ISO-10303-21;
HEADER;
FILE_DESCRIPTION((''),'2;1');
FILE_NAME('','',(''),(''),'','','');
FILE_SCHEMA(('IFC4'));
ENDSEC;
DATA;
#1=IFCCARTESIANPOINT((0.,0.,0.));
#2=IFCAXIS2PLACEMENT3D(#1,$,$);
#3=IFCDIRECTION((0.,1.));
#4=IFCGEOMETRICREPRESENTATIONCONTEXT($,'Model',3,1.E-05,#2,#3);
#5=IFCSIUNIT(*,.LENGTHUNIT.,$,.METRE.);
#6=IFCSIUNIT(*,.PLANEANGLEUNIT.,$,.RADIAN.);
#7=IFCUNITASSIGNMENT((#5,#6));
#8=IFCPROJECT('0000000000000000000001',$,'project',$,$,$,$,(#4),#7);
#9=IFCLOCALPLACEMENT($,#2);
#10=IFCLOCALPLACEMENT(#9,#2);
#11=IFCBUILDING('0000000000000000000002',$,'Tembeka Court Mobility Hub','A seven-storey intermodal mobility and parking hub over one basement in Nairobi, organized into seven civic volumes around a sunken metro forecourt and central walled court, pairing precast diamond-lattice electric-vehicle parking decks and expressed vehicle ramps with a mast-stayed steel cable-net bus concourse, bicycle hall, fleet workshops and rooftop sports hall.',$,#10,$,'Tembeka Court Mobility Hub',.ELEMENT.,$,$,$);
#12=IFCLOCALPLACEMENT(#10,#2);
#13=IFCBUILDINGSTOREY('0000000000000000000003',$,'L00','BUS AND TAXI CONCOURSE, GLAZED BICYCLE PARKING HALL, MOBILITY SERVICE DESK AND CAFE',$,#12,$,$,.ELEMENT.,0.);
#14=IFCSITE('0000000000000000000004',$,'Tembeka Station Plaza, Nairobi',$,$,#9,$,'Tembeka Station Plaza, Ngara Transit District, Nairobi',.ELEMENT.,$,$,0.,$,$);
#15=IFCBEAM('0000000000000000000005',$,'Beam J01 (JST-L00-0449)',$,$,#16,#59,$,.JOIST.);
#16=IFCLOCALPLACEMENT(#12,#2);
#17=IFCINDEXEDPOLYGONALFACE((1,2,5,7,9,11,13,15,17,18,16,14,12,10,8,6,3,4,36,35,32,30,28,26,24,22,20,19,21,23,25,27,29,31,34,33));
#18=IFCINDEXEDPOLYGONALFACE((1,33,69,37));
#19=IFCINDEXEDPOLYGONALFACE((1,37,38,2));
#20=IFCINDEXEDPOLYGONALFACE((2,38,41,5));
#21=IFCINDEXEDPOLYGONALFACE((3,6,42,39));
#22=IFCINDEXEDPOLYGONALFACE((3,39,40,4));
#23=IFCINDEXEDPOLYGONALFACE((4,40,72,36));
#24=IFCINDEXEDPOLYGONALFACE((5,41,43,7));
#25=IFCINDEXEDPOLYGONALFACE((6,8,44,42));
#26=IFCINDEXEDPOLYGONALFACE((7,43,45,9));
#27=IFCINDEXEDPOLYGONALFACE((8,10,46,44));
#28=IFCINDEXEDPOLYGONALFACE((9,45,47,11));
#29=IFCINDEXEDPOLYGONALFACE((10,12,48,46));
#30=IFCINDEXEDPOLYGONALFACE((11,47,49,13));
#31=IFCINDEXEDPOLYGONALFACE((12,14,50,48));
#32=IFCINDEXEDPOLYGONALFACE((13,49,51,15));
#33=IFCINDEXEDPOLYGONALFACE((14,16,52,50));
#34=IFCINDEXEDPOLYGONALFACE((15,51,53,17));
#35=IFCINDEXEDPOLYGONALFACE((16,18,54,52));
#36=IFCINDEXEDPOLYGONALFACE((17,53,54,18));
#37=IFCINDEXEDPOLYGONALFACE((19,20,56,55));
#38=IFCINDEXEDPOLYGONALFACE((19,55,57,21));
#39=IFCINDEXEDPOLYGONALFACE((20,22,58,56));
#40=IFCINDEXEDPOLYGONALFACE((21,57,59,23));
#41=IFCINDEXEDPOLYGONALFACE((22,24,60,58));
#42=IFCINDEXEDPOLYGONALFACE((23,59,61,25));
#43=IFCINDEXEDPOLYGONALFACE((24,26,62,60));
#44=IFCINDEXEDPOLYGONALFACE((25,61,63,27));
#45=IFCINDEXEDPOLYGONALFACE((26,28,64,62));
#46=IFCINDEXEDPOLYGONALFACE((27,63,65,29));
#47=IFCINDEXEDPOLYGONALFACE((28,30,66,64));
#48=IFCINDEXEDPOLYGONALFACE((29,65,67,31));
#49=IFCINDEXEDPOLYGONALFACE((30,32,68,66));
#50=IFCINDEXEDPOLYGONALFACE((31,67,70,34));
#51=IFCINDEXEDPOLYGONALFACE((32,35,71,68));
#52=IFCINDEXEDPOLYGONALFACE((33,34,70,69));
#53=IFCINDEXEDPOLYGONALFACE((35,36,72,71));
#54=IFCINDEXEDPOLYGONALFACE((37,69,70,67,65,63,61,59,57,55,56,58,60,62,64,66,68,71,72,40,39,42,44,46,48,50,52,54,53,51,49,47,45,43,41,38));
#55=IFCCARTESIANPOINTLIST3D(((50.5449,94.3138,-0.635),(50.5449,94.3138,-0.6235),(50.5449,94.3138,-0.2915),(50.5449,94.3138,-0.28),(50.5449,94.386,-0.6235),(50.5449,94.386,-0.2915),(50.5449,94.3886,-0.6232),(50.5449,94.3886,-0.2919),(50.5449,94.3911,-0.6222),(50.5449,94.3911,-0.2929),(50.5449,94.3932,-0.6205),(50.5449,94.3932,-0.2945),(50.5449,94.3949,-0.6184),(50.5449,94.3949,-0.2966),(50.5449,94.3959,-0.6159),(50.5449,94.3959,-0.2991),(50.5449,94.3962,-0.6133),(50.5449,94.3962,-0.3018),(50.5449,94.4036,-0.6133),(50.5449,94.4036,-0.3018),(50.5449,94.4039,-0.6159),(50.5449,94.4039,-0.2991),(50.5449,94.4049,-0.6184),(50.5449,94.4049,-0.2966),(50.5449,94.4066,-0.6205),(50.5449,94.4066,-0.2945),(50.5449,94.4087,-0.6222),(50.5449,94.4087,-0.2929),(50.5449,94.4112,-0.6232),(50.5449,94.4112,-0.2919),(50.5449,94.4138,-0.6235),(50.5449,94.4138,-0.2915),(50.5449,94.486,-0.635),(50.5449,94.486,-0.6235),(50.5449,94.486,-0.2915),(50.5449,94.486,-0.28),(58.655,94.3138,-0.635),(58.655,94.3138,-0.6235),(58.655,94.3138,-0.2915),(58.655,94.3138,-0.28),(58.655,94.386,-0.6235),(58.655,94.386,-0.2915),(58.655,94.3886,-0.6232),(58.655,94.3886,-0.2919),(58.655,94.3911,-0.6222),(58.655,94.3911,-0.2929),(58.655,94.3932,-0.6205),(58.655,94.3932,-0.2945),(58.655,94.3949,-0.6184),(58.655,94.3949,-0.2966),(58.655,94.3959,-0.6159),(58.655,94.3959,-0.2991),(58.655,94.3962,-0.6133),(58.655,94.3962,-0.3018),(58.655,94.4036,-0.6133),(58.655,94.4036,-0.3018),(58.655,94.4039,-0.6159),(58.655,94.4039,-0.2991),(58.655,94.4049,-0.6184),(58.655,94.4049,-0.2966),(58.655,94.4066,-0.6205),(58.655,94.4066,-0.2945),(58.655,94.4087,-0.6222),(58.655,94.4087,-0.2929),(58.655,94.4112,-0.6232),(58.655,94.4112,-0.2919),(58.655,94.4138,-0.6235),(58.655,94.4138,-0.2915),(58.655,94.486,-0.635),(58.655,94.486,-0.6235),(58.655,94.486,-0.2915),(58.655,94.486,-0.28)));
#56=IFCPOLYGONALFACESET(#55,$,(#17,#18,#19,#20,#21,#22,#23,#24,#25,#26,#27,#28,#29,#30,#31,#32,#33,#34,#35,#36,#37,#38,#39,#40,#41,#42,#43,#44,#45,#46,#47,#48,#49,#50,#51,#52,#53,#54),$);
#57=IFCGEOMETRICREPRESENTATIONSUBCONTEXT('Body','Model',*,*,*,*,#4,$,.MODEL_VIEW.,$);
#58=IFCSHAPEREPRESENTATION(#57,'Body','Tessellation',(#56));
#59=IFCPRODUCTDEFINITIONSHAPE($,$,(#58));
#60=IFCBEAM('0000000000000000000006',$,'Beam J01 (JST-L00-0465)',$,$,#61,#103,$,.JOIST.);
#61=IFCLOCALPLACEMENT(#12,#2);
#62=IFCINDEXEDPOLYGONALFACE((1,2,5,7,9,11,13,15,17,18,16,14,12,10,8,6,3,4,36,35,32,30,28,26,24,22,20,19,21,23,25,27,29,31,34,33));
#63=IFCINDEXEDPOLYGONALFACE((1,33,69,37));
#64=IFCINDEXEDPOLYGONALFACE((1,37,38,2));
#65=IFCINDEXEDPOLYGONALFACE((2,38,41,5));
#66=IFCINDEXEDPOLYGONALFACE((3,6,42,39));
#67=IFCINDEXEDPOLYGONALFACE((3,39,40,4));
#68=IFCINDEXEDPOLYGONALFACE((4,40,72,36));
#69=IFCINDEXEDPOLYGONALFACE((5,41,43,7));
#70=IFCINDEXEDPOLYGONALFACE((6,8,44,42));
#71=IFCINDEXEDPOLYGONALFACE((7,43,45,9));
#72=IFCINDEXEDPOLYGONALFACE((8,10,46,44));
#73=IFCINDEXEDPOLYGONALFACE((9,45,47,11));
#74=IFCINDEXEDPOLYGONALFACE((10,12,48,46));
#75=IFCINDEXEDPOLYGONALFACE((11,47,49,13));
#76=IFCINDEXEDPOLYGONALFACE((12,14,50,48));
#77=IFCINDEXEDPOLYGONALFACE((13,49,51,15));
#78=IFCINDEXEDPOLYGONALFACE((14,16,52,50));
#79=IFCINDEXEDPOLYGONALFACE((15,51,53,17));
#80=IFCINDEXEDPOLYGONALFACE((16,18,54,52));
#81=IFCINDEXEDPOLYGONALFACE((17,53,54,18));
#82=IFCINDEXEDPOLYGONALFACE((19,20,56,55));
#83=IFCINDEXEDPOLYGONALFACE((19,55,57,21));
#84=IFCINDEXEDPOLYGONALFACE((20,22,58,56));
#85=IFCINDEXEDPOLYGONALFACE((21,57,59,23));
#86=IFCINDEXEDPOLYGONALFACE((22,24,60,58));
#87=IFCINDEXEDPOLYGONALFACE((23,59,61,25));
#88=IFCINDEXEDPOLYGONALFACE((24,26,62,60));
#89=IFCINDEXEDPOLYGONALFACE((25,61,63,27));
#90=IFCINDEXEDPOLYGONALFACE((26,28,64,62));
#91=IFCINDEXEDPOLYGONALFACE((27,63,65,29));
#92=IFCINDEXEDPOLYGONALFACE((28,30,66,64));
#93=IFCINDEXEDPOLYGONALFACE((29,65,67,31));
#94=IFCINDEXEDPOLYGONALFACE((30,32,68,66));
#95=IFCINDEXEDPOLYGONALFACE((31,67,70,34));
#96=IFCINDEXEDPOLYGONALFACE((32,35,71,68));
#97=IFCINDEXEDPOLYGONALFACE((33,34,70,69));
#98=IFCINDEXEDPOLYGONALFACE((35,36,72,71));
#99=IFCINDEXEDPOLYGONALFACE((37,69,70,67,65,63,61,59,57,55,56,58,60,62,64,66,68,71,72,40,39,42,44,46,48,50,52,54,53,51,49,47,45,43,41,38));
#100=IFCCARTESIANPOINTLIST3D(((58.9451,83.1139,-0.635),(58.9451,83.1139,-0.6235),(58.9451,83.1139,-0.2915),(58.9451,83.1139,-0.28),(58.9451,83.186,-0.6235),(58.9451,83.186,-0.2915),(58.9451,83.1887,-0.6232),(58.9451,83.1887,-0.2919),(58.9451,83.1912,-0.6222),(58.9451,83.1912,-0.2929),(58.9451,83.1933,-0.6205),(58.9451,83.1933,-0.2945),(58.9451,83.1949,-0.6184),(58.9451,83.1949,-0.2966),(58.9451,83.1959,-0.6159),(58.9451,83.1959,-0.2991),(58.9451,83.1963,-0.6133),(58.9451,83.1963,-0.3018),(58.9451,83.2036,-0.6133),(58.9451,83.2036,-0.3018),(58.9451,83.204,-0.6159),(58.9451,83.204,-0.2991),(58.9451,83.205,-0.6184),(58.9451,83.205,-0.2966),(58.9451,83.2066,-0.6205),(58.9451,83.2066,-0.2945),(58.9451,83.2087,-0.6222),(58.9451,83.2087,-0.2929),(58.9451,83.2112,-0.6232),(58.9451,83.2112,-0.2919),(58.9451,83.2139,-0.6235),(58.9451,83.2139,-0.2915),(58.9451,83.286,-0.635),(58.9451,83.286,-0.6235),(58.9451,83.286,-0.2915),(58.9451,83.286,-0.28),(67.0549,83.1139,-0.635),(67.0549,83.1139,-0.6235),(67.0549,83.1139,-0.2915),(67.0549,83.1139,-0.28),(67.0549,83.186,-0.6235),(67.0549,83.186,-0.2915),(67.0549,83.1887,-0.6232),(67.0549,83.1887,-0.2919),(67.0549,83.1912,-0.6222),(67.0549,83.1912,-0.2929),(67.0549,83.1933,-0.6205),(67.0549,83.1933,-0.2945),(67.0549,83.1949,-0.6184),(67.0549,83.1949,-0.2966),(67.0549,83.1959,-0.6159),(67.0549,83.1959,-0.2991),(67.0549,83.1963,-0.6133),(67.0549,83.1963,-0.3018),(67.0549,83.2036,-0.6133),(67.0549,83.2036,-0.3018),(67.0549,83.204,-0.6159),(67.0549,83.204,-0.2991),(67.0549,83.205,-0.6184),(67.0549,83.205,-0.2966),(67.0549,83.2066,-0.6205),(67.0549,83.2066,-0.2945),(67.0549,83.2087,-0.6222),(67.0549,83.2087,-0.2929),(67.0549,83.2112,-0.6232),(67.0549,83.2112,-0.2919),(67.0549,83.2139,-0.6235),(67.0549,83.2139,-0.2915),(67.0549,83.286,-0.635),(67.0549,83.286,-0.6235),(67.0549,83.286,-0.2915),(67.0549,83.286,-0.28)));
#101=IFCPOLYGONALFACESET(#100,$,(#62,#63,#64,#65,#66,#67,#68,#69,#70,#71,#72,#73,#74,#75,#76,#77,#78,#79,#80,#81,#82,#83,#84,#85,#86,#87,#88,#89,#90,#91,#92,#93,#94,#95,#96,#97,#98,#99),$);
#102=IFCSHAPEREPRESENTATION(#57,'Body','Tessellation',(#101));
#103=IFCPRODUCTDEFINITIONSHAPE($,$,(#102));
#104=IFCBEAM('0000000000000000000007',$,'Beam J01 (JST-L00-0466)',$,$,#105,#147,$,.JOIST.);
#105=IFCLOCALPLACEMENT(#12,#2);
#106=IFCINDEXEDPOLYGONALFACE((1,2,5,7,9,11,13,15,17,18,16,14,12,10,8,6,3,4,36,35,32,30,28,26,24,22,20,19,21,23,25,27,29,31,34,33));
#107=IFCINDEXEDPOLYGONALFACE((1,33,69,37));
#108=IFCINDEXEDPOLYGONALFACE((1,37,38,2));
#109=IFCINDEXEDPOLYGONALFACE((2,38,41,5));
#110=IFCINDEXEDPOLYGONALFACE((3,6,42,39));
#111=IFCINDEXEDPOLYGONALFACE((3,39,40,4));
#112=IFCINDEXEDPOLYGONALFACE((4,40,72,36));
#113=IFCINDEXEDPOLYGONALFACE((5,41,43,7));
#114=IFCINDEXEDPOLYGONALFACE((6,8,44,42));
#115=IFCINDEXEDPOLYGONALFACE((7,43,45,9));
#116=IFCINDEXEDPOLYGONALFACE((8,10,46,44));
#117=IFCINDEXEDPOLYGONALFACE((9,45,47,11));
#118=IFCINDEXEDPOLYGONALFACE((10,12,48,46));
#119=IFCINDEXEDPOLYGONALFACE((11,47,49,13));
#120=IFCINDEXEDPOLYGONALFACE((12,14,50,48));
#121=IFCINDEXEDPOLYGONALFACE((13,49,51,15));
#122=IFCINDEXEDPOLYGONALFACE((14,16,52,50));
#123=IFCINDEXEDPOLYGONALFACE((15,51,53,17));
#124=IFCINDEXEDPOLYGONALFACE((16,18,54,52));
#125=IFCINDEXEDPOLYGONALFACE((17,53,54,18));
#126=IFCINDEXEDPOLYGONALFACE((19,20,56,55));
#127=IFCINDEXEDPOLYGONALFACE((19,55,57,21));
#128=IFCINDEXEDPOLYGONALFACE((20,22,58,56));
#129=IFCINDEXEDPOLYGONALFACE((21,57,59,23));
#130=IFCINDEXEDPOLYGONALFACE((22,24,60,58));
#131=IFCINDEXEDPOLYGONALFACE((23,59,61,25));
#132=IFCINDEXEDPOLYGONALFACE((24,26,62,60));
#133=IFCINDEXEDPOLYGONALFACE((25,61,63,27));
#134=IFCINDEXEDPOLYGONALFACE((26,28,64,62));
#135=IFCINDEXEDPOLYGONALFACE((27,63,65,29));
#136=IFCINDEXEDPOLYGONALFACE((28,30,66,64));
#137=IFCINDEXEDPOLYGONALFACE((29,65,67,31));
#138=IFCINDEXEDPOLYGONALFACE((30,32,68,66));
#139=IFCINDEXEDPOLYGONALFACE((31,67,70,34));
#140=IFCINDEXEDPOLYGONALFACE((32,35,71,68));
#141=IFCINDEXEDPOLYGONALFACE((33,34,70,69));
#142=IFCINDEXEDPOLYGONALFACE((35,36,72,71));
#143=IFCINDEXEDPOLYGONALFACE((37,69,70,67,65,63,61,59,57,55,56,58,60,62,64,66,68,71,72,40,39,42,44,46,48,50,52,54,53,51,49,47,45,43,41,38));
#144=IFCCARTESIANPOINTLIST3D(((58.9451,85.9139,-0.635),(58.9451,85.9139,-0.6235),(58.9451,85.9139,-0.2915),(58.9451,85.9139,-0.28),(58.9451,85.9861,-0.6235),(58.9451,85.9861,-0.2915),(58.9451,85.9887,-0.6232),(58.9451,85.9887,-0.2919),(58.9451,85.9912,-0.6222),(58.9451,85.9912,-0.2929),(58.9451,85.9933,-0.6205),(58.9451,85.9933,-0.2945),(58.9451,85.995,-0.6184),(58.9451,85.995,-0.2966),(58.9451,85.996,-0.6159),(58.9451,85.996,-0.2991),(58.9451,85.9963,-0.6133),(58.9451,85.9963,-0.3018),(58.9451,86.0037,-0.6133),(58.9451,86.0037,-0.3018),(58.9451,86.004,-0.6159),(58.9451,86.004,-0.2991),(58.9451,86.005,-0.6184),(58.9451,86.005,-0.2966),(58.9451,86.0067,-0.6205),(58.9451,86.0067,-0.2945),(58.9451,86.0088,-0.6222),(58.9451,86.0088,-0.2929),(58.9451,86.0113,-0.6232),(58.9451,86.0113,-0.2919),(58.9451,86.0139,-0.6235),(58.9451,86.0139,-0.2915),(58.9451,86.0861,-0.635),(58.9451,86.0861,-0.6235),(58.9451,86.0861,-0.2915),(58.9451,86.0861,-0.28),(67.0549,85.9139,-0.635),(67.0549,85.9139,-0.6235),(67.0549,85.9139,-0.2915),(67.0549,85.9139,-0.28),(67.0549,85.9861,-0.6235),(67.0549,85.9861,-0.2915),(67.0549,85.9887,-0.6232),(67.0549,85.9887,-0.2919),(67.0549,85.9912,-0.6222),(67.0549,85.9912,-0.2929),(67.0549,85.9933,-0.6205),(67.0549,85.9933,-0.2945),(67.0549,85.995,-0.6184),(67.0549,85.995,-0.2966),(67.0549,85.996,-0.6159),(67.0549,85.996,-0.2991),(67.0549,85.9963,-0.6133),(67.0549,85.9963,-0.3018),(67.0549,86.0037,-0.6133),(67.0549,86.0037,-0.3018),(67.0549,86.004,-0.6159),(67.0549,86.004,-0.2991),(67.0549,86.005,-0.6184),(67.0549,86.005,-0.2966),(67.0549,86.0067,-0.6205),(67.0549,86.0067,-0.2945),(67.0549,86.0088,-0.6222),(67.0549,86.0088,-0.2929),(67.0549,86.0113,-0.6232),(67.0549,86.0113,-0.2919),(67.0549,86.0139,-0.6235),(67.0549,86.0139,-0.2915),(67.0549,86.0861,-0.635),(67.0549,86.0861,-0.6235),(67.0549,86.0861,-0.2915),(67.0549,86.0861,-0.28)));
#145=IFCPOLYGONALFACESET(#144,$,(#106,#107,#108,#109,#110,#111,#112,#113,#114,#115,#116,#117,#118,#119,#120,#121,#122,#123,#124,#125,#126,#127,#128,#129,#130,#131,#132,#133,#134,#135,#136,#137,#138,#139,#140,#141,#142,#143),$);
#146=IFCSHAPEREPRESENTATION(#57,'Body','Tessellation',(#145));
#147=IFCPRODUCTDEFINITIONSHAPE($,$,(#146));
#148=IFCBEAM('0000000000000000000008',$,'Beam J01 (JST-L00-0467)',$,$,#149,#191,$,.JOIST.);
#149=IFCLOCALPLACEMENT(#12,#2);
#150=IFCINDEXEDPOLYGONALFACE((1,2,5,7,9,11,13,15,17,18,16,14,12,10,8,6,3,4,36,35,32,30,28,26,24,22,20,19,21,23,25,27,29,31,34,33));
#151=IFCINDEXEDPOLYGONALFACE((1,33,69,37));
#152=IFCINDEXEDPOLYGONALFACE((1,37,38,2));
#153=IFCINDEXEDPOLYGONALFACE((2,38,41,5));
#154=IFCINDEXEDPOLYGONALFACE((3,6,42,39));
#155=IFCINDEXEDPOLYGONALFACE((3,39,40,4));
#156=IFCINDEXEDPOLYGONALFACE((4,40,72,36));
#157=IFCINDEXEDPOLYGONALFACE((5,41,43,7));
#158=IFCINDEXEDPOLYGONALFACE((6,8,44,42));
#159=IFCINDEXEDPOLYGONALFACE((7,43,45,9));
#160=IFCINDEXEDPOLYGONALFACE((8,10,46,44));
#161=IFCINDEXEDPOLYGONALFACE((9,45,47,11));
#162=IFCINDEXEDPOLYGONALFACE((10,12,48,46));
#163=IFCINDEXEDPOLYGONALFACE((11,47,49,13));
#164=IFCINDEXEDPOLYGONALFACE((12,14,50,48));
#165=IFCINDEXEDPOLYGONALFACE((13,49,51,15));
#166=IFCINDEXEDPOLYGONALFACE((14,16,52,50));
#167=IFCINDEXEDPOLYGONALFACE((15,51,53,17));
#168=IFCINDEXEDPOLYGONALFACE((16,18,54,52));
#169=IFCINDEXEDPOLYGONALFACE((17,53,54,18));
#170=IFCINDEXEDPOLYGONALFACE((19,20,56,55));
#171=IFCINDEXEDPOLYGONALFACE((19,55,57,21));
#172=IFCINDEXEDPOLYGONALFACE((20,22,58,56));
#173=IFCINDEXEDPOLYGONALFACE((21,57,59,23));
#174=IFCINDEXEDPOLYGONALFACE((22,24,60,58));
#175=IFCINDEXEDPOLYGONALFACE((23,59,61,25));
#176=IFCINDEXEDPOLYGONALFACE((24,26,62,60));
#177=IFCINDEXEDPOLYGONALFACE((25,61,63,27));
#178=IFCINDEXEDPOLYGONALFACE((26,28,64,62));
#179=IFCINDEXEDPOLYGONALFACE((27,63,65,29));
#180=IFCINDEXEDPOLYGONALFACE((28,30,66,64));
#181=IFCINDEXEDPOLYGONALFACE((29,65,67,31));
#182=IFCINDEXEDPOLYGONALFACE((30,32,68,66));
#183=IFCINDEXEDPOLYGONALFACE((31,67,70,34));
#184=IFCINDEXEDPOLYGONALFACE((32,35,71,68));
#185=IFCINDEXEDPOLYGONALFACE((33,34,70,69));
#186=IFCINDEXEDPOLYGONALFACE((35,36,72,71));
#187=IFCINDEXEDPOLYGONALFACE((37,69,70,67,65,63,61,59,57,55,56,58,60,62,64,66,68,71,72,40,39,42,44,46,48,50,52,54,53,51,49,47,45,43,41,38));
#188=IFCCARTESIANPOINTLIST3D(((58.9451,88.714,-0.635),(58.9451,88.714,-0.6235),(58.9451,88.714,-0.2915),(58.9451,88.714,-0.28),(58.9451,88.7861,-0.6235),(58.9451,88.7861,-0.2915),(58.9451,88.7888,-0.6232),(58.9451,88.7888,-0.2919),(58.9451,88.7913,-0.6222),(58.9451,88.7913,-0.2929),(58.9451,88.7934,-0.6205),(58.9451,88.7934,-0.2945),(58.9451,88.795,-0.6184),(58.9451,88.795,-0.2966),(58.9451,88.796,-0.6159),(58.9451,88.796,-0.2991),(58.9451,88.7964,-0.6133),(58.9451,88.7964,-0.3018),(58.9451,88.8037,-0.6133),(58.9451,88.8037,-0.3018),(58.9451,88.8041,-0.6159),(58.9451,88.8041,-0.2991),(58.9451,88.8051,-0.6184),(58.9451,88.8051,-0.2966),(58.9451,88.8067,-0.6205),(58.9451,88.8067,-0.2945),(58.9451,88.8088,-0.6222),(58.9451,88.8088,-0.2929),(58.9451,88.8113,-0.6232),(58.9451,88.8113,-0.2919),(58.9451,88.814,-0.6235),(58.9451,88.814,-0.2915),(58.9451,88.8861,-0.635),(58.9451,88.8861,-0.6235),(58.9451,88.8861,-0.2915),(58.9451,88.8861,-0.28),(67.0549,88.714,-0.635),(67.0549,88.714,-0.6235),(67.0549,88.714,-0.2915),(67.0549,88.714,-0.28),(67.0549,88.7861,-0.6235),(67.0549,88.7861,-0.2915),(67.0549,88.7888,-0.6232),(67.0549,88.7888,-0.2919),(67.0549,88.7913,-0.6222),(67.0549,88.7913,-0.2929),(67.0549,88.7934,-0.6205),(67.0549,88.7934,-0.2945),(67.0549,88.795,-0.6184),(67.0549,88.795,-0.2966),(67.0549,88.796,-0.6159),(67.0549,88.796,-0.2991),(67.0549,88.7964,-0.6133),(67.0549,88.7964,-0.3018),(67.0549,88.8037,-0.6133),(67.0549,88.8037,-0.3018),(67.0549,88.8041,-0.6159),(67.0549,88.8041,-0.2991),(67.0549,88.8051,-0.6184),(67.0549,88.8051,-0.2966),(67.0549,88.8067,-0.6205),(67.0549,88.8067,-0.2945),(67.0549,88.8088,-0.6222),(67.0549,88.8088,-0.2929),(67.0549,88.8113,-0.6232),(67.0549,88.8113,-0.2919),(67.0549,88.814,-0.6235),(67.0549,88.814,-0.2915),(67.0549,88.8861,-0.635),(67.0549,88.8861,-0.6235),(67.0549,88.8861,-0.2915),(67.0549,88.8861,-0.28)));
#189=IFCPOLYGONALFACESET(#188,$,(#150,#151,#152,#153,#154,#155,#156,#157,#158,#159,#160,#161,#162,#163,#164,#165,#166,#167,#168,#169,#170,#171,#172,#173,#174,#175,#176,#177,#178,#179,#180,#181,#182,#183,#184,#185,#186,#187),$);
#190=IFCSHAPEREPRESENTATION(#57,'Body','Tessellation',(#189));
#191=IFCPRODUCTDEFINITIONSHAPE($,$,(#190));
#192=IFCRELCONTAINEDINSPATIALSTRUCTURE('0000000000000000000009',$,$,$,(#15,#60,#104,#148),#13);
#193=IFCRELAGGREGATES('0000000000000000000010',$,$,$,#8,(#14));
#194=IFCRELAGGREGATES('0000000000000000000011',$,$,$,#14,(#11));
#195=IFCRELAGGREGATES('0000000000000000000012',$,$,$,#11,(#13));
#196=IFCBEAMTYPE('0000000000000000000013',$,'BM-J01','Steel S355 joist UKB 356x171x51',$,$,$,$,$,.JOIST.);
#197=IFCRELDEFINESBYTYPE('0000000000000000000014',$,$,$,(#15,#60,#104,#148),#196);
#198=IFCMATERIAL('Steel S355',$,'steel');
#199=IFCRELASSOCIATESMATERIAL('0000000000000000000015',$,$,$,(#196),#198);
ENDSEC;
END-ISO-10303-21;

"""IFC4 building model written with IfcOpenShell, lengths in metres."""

from ifc_helpers import new_model, si_unit, direction, frame, origin, origin_2d, place, context, subcontext, project, spatial, i_section, extrude, material, material_profile, profile_set, type_object, element, save


model = new_model("IFC4")

# Units and contexts
model_context = context("Model", 3, precision=1e-05, world=origin(), true_north=direction((0.0, 1.0)))
body_context = subcontext(model_context, "Body", "Model", "MODEL_VIEW")
ifc_project = project(units=[si_unit("LENGTHUNIT", "METRE"), si_unit("PLANEANGLEUNIT", "RADIAN")], contexts=[model_context])

# Site, building, storey
site_placement = place(None, origin())
site = spatial("IfcSite", under=ifc_project, at=site_placement, Name="Tembeka Station Plaza, Nairobi", LongName="Tembeka Station Plaza, Ngara Transit District, Nairobi", CompositionType="ELEMENT", RefElevation=0.0)
building_placement = place(site_placement, origin())
building = spatial("IfcBuilding", under=site, at=building_placement, Name="Tembeka Court Mobility Hub", Description="A seven-storey intermodal mobility and parking hub over one basement in Nairobi, organized into seven civic volumes around a sunken metro forecourt and central walled court, pairing precast diamond-lattice electric-vehicle parking decks and expressed vehicle ramps with a mast-stayed steel cable-net bus concourse, bicycle hall, fleet workshops and rooftop sports hall.", LongName="Tembeka Court Mobility Hub", CompositionType="ELEMENT")
storey_placement = place(building_placement, origin())
storey = spatial("IfcBuildingStorey", under=building, at=storey_placement, Name="L00", Description="BUS AND TAXI CONCOURSE, GLAZED BICYCLE PARKING HALL, MOBILITY SERVICE DESK AND CAFE", CompositionType="ELEMENT", Elevation=0.0)

# Shared definitions
ifc_material_1 = material(Name="Steel S355", Category="steel")

# Beams
ifc_material_profile_1 = material_profile(ifc_material_1, i_section(OverallWidth=0.1721, OverallDepth=0.355, WebThickness=0.0073, FlangeThickness=0.0115, FilletRadius=0.0103, at=origin_2d()), Name="UKB 356x171x51")
ifc_profile_set_1 = profile_set([ifc_material_profile_1], Name="Steel S355")
beam_type_1 = type_object("IfcBeamType", Name="BM-J01", Description="Steel S355 joist UKB 356x171x51", PredefinedType="JOIST", material=ifc_profile_set_1)
for number, where, z_axis, x_axis, name in (
    (1, (50.5449, 94.3999, -0.4575), (1.0, 0.0, 0.0), (0.0, 1.0, 0.0), "Beam J01 (JST-L00-0449)"),
):
    element("IfcBeam", number, at=place(storey_placement, frame(where, z_axis=z_axis, x_axis=x_axis)), inside=storey, type_object=beam_type_1, Name=name, PredefinedType="JOIST", context=body_context, shape_type="SweptSolid", body=[
        extrude(i_section(OverallWidth=0.1721, OverallDepth=0.355, WebThickness=0.0073, FlangeThickness=0.0115, FilletRadius=0.0103, at=origin_2d()), origin(), (0.0, 0.0, 1.0), 8.1101),
    ])
for number, where, z_axis, x_axis, name in (
    (2, (58.9451, 83.2, -0.4575), (1.0, 0.0, 0.0), (0.0, 1.0, 0.0), "Beam J01 (JST-L00-0465)"),
    (3, (58.9451, 86.0, -0.4575), (1.0, 0.0, 0.0), (0.0, 1.0, 0.0), "Beam J01 (JST-L00-0466)"),
    (4, (58.9451, 88.8, -0.4575), (1.0, 0.0, 0.0), (0.0, 1.0, 0.0), "Beam J01 (JST-L00-0467)"),
):
    element("IfcBeam", number, at=place(storey_placement, frame(where, z_axis=z_axis, x_axis=x_axis)), inside=storey, type_object=beam_type_1, Name=name, PredefinedType="JOIST", context=body_context, shape_type="SweptSolid", body=[
        extrude(i_section(OverallWidth=0.1721, OverallDepth=0.355, WebThickness=0.0073, FlangeThickness=0.0115, FilletRadius=0.0103, at=origin_2d()), origin(), (0.0, 0.0, 1.0), 8.1099),
    ])

save(model, "model.ifc")
